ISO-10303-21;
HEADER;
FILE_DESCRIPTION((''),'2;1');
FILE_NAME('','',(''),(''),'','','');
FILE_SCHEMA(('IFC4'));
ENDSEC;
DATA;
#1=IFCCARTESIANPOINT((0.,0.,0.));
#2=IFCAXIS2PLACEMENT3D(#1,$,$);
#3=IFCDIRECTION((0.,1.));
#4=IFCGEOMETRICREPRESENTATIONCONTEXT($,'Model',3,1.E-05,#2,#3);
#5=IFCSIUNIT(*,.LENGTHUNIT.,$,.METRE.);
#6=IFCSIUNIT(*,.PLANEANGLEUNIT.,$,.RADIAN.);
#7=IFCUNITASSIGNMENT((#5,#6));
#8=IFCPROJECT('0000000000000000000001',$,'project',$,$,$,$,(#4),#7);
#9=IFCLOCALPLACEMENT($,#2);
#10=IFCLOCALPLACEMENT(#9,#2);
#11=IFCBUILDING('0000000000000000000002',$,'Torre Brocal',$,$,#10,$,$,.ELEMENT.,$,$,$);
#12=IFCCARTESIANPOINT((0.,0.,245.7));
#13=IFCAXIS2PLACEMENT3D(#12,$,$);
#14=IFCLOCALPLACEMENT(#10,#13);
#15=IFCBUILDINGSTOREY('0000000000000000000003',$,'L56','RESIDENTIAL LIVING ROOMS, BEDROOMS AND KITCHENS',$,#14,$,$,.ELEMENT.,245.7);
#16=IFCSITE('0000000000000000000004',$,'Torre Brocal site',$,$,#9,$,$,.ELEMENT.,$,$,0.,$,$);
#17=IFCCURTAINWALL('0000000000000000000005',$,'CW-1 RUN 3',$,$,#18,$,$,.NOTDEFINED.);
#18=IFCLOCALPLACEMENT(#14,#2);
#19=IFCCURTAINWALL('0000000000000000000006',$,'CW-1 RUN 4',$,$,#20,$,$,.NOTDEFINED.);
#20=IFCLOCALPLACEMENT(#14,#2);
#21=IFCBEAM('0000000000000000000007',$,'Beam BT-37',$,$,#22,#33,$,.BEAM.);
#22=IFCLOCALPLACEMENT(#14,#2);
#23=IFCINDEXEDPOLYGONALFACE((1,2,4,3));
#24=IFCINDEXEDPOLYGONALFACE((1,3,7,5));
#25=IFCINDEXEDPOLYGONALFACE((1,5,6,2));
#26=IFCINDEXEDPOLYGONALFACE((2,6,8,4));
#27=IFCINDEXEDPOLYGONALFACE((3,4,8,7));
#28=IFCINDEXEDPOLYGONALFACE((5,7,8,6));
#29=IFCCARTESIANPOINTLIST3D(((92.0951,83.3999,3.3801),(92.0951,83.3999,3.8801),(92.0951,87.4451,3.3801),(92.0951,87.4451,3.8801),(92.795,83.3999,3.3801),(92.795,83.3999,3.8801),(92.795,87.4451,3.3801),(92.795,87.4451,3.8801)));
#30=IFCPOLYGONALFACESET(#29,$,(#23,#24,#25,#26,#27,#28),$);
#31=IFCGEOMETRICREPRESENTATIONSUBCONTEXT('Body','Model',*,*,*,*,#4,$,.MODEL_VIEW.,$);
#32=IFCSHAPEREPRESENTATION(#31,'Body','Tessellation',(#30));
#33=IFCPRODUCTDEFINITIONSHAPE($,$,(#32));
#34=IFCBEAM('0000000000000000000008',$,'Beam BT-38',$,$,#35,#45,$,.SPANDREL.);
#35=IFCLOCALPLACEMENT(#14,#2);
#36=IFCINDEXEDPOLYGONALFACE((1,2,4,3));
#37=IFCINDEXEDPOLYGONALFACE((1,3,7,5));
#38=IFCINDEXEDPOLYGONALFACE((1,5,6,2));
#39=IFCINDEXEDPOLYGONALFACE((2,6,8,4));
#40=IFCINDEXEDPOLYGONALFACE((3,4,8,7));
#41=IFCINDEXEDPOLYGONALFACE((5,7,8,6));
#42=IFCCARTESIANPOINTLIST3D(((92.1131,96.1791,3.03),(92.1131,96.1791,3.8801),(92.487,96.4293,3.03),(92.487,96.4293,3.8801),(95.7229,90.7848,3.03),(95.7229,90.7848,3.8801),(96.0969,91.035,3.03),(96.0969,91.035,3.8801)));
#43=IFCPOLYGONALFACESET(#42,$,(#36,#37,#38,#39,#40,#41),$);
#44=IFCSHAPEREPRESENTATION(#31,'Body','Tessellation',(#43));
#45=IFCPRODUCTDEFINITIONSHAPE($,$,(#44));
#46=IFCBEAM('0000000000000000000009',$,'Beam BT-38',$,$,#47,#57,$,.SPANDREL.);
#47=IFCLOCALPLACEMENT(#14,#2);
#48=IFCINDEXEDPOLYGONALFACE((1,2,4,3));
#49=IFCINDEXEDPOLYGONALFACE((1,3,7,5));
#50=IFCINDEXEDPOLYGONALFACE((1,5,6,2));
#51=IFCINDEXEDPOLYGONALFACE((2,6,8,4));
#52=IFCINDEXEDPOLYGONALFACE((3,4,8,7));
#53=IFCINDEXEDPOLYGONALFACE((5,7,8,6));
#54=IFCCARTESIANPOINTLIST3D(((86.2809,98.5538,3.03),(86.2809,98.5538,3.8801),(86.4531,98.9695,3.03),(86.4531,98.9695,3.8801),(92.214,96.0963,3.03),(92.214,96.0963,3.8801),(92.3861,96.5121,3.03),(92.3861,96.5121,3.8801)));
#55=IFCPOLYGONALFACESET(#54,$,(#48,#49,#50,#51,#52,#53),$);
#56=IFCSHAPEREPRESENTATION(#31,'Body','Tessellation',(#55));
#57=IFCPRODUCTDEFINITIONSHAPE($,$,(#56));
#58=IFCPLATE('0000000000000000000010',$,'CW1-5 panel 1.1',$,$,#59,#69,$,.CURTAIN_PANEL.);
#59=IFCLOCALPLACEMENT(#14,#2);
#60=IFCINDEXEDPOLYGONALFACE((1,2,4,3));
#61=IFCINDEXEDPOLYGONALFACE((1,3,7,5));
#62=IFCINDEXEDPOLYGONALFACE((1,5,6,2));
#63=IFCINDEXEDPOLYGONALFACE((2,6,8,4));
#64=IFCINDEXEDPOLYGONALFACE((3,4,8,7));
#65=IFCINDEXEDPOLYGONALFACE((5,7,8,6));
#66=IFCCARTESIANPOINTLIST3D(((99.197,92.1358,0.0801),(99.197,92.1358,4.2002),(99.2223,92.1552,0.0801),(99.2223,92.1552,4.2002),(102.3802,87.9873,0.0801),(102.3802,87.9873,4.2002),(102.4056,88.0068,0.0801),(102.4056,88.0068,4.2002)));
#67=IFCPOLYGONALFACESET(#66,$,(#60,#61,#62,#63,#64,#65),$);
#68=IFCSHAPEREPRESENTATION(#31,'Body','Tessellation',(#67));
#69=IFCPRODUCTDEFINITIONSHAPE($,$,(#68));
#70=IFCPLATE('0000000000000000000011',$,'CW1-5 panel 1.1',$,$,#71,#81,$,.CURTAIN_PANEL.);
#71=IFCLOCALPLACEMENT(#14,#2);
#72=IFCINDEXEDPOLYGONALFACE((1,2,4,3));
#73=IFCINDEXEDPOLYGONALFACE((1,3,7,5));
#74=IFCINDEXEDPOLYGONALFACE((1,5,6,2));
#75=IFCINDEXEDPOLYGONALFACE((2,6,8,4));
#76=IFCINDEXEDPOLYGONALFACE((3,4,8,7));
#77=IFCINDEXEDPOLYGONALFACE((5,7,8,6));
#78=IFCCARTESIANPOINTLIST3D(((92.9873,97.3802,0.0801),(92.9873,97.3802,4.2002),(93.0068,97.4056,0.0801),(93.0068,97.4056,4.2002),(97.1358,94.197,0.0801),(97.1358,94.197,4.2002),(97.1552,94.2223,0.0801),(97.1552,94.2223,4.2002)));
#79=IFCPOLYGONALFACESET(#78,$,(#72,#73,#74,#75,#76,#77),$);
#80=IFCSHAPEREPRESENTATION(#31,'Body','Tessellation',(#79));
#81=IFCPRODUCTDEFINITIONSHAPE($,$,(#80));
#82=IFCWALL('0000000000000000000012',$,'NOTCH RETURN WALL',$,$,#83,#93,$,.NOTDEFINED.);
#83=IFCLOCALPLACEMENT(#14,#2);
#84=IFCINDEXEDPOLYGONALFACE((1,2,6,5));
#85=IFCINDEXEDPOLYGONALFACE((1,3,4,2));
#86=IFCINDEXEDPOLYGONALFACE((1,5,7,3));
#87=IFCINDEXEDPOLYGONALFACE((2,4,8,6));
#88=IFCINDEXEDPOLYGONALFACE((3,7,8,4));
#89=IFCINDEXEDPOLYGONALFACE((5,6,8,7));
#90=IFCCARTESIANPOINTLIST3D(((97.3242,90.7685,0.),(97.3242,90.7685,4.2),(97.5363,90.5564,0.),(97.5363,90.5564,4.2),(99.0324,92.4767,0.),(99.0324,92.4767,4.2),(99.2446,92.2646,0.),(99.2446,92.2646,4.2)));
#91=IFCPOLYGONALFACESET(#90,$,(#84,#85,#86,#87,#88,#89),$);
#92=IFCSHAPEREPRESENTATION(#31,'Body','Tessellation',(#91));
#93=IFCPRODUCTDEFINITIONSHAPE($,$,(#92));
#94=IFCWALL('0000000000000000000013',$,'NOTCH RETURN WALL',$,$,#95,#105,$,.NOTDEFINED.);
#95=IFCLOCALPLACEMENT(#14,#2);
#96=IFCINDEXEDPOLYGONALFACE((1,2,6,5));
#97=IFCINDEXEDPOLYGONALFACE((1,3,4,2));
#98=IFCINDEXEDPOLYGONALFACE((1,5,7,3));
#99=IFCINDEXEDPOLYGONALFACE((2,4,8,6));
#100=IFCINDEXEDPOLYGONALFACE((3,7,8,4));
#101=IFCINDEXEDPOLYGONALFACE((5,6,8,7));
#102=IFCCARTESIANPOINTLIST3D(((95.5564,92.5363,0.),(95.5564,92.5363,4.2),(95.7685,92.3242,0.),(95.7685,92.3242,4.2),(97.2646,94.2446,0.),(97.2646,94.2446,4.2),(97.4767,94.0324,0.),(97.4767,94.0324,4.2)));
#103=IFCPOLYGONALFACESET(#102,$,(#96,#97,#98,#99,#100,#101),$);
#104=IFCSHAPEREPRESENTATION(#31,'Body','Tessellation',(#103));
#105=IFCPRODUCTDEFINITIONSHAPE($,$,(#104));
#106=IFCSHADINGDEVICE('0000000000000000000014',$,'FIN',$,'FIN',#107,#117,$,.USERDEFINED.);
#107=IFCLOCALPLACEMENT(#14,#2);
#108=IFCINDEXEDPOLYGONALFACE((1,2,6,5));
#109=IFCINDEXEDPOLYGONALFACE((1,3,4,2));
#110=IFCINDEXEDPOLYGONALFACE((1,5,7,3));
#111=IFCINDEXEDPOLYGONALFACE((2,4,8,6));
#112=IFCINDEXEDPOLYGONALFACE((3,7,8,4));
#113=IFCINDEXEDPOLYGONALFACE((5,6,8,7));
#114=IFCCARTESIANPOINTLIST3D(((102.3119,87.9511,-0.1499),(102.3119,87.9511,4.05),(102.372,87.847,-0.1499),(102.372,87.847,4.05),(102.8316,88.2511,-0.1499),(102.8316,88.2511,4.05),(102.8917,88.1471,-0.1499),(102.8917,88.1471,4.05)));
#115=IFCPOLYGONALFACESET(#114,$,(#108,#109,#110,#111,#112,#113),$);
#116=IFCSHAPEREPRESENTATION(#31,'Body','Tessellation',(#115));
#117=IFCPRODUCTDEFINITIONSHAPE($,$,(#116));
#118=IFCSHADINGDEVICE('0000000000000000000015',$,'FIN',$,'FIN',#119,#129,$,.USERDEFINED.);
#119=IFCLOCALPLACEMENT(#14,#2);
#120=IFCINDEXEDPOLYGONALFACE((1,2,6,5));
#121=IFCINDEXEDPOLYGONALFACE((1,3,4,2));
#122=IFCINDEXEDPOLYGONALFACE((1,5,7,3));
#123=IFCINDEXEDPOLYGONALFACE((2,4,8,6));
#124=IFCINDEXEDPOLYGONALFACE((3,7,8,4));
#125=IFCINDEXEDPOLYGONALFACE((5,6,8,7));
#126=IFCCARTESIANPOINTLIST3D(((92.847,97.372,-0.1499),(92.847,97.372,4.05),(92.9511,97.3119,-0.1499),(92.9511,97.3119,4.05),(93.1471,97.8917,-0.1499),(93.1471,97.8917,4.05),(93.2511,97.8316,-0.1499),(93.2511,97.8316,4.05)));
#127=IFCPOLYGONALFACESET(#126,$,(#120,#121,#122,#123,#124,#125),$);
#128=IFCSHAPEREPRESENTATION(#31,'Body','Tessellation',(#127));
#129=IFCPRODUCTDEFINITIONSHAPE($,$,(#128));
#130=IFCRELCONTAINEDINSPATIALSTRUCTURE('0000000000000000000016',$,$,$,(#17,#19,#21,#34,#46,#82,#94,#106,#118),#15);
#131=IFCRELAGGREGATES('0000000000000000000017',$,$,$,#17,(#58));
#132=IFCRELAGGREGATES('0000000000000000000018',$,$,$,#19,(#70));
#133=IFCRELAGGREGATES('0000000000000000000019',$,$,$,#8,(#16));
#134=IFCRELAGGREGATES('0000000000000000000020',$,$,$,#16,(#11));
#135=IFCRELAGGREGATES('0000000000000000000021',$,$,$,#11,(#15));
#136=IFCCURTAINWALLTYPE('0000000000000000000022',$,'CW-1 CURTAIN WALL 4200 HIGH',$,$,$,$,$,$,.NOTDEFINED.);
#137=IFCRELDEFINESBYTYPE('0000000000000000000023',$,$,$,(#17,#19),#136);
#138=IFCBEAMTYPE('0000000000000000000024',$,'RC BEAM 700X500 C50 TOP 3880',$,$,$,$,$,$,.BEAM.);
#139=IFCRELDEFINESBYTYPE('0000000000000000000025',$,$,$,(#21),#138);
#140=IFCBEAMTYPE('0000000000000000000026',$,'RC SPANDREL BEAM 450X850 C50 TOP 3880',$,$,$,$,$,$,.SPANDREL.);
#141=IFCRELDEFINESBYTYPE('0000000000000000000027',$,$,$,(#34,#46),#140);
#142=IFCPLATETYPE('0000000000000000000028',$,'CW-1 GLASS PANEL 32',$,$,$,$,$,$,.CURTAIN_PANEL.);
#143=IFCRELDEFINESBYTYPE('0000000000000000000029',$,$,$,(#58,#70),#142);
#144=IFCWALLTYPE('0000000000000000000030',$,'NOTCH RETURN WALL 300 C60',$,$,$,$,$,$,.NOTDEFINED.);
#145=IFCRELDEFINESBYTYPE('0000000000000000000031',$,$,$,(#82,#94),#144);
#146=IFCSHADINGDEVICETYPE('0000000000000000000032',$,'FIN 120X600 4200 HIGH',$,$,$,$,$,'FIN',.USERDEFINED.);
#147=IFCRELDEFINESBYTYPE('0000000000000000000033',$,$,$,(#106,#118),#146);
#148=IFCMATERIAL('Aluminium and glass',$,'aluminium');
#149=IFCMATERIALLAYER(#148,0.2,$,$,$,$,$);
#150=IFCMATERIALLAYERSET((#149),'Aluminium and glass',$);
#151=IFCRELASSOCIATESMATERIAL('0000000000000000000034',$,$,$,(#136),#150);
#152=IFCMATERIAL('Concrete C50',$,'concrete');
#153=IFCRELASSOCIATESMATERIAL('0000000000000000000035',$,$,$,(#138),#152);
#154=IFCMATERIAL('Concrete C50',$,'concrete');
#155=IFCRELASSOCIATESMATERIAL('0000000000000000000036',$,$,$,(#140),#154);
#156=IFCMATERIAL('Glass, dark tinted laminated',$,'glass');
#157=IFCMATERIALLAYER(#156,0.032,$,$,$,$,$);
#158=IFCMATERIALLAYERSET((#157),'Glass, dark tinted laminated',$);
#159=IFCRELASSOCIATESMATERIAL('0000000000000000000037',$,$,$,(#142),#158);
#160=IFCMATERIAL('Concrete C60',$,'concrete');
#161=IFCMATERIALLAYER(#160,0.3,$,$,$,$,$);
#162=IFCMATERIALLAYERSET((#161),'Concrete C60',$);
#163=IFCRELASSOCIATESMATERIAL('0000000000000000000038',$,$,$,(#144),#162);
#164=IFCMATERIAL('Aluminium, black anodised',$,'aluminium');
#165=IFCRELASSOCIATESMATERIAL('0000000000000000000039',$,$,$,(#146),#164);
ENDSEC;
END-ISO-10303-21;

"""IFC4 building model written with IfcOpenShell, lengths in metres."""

from ifc_helpers import new_model, si_unit, direction, frame, frame_2d, origin, origin_2d, place, context, subcontext, project, spatial, rectangle, extrude, material, layer, layer_set, material_profile, profile_set, type_object, element, aggregate, save


model = new_model("IFC4")

# Units and contexts
model_context = context("Model", 3, precision=1e-05, world=origin(), true_north=direction((0.0, 1.0)))
body_context = subcontext(model_context, "Body", "Model", "MODEL_VIEW")
ifc_project = project(units=[si_unit("LENGTHUNIT", "METRE"), si_unit("PLANEANGLEUNIT", "RADIAN")], contexts=[model_context])

# Site, building, storey
site_placement = place(None, origin())
site = spatial("IfcSite", under=ifc_project, at=site_placement, Name="Torre Brocal site", CompositionType="ELEMENT", RefElevation=0.0)
building_placement = place(site_placement, origin())
building = spatial("IfcBuilding", under=site, at=building_placement, Name="Torre Brocal", CompositionType="ELEMENT")
storey_placement = place(building_placement, frame((0.0, 0.0, 245.7)))
storey = spatial("IfcBuildingStorey", under=building, at=storey_placement, Name="L56", Description="RESIDENTIAL LIVING ROOMS, BEDROOMS AND KITCHENS", CompositionType="ELEMENT", Elevation=245.7)

# Shared definitions
ifc_material_1 = material(Name="Aluminium and glass", Category="aluminium")
ifc_layer_1 = layer(ifc_material_1, 0.2)
ifc_layer_set_1 = layer_set([ifc_layer_1], Name="Aluminium and glass")
curtain_wall_type = type_object("IfcCurtainWallType", Name="CW-1 CURTAIN WALL 4200 HIGH", PredefinedType="NOTDEFINED", material=ifc_layer_set_1)

# Curtain walls
curtain_wall_1_placement = place(storey_placement, origin())
curtain_wall_1 = element("IfcCurtainWall", 1, at=curtain_wall_1_placement, inside=storey, type_object=curtain_wall_type, Name="CW-1 RUN 3", PredefinedType="NOTDEFINED")
curtain_wall_2_placement = place(storey_placement, origin())
curtain_wall_2 = element("IfcCurtainWall", 2, at=curtain_wall_2_placement, inside=storey, type_object=curtain_wall_type, Name="CW-1 RUN 4", PredefinedType="NOTDEFINED")

# Beams
ifc_material_2 = material(Name="Concrete C50", Category="concrete")
ifc_material_profile_1 = material_profile(ifc_material_2, rectangle(XDim=0.7, YDim=0.5, at=origin_2d()), Name="RC 700X500")
ifc_profile_set_1 = profile_set([ifc_material_profile_1], Name="Concrete C50")
beam_type_1 = type_object("IfcBeamType", Name="RC BEAM 700X500 C50 TOP 3880", PredefinedType="BEAM", material=ifc_profile_set_1)
beam_1_placement = place(storey_placement, frame((92.4451, 87.4451, 3.6301), z_axis=(0.0, -1.0, 0.0), x_axis=(1.0, 0.0, 0.0)))
element("IfcBeam", 3, at=beam_1_placement, inside=storey, type_object=beam_type_1, Name="Beam BT-37", PredefinedType="BEAM", context=body_context, shape_type="SweptSolid", body=[
    extrude(rectangle(XDim=0.7, YDim=0.5, at=origin_2d()), origin(), (0.0, 0.0, 1.0), 4.0452),
])
ifc_material_3 = material(Name="Concrete C50", Category="concrete")
ifc_material_profile_2 = material_profile(ifc_material_3, rectangle(XDim=0.45, YDim=0.8501, at=origin_2d()), Name="RC 450X850")
ifc_profile_set_2 = profile_set([ifc_material_profile_2], Name="Concrete C50")
beam_type_2 = type_object("IfcBeamType", Name="RC SPANDREL BEAM 450X850 C50 TOP 3880", PredefinedType="SPANDREL", material=ifc_profile_set_2)
beam_2_placement = place(storey_placement, frame((95.9099, 90.9099, 3.4551), z_axis=(-0.556158, 0.831077, 0.0), x_axis=(-0.831077, -0.556158, 0.0)))
element("IfcBeam", 4, at=beam_2_placement, inside=storey, type_object=beam_type_2, Name="Beam BT-38", PredefinedType="SPANDREL", context=body_context, shape_type="SweptSolid", body=[
    extrude(rectangle(XDim=0.45, YDim=0.8501, at=origin_2d()), origin(), (0.0, 0.0, 1.0), 6.4907),
])
beam_3_placement = place(storey_placement, frame((92.3, 96.3042, 3.4551), z_axis=(-0.923882, 0.382676, 0.0), x_axis=(-0.382676, -0.923882, 0.0)))
element("IfcBeam", 5, at=beam_3_placement, inside=storey, type_object=beam_type_2, Name="Beam BT-38", PredefinedType="SPANDREL", context=body_context, shape_type="SweptSolid", body=[
    extrude(rectangle(XDim=0.45, YDim=0.8501, at=origin_2d()), origin(), (0.0, 0.0, 1.0), 6.4219),
])

# Plates
ifc_material_4 = material(Name="Glass, dark tinted laminated", Category="glass")
ifc_layer_2 = layer(ifc_material_4, 0.032)
ifc_layer_set_2 = layer_set([ifc_layer_2], Name="Glass, dark tinted laminated")
plate_type = type_object("IfcPlateType", Name="CW-1 GLASS PANEL 32", PredefinedType="CURTAIN_PANEL", material=ifc_layer_set_2)
plate_1_placement = place(storey_placement, frame((100.8013, 90.0713, 0.0801), z_axis=(0.0, 0.0, 1.0), x_axis=(-0.608761, 0.793353, 0.0)))
plate_1 = element("IfcPlate", 6, at=plate_1_placement, type_object=plate_type, Name="CW1-5 panel 1.1", PredefinedType="CURTAIN_PANEL", context=body_context, shape_type="SweptSolid", body=[
    extrude(rectangle(XDim=5.229, YDim=0.032, at=origin_2d()), origin(), (0.0, 0.0, 1.0), 4.1201),
])
aggregate(curtain_wall_1, [plate_1])
plate_2_placement = place(storey_placement, frame((95.0713, 95.8013, 0.0801), z_axis=(0.0, 0.0, 1.0), x_axis=(-0.793353, 0.608761, 0.0)))
plate_2 = element("IfcPlate", 7, at=plate_2_placement, type_object=plate_type, Name="CW1-5 panel 1.1", PredefinedType="CURTAIN_PANEL", context=body_context, shape_type="SweptSolid", body=[
    extrude(rectangle(XDim=5.229, YDim=0.032, at=origin_2d()), origin(), (0.0, 0.0, 1.0), 4.1201),
])
aggregate(curtain_wall_2, [plate_2])

# Walls
ifc_material_5 = material(Name="Concrete C60", Category="concrete")
ifc_layer_3 = layer(ifc_material_5, 0.3)
ifc_layer_set_3 = layer_set([ifc_layer_3], Name="Concrete C60")
wall_type = type_object("IfcWallType", Name="NOTCH RETURN WALL 300 C60", PredefinedType="NOTDEFINED", material=ifc_layer_set_3)
for number, where, z_axis, x_axis, name in (
    (8, (97.4302, 90.6624, 0.0), (0.0, 0.0, 1.0), (0.707107, 0.707107, 0.0), "NOTCH RETURN WALL"),
    (9, (95.6624, 92.4302, 0.0), (0.0, 0.0, 1.0), (0.707107, 0.707107, 0.0), "NOTCH RETURN WALL"),
):
    element("IfcWall", number, at=place(storey_placement, frame(where, z_axis=z_axis, x_axis=x_axis)), inside=storey, type_object=wall_type, Name=name, PredefinedType="NOTDEFINED", context=body_context, shape_type="SweptSolid", body=[
        extrude(rectangle(XDim=2.4158, YDim=0.3, at=frame_2d((1.208, 0.0))), origin(), (0.0, 0.0, 1.0), 4.2),
    ])

# Shading devices
ifc_material_6 = material(Name="Aluminium, black anodised", Category="aluminium")
ifc_material_profile_3 = material_profile(ifc_material_6, rectangle(XDim=0.1201, YDim=0.6001, at=origin_2d()), Name="FIN 120X600 4200 HIGH")
ifc_profile_set_3 = profile_set([ifc_material_profile_3], Name="Aluminium, black anodised")
shading_device_type = type_object("IfcShadingDeviceType", Name="FIN 120X600 4200 HIGH", ElementType="FIN", PredefinedType="USERDEFINED", material=ifc_profile_set_3)
for number, where, z_axis, x_axis, name in (
    (10, (102.6018, 88.0491, -0.1499), (0.0, 0.0, 1.0), (-0.5, 0.866025, 0.0), "FIN"),
    (11, (93.0491, 97.6018, -0.1499), (0.0, 0.0, 1.0), (-0.866025, 0.5, 0.0), "FIN"),
):
    element("IfcShadingDevice", number, at=place(storey_placement, frame(where, z_axis=z_axis, x_axis=x_axis)), inside=storey, type_object=shading_device_type, Name=name, ObjectType="FIN", PredefinedType="USERDEFINED", context=body_context, shape_type="SweptSolid", body=[
        extrude(rectangle(XDim=0.1201, YDim=0.6001, at=origin_2d()), origin(), (0.0, 0.0, 1.0), 4.2),
    ])

save(model, "model.ifc")
